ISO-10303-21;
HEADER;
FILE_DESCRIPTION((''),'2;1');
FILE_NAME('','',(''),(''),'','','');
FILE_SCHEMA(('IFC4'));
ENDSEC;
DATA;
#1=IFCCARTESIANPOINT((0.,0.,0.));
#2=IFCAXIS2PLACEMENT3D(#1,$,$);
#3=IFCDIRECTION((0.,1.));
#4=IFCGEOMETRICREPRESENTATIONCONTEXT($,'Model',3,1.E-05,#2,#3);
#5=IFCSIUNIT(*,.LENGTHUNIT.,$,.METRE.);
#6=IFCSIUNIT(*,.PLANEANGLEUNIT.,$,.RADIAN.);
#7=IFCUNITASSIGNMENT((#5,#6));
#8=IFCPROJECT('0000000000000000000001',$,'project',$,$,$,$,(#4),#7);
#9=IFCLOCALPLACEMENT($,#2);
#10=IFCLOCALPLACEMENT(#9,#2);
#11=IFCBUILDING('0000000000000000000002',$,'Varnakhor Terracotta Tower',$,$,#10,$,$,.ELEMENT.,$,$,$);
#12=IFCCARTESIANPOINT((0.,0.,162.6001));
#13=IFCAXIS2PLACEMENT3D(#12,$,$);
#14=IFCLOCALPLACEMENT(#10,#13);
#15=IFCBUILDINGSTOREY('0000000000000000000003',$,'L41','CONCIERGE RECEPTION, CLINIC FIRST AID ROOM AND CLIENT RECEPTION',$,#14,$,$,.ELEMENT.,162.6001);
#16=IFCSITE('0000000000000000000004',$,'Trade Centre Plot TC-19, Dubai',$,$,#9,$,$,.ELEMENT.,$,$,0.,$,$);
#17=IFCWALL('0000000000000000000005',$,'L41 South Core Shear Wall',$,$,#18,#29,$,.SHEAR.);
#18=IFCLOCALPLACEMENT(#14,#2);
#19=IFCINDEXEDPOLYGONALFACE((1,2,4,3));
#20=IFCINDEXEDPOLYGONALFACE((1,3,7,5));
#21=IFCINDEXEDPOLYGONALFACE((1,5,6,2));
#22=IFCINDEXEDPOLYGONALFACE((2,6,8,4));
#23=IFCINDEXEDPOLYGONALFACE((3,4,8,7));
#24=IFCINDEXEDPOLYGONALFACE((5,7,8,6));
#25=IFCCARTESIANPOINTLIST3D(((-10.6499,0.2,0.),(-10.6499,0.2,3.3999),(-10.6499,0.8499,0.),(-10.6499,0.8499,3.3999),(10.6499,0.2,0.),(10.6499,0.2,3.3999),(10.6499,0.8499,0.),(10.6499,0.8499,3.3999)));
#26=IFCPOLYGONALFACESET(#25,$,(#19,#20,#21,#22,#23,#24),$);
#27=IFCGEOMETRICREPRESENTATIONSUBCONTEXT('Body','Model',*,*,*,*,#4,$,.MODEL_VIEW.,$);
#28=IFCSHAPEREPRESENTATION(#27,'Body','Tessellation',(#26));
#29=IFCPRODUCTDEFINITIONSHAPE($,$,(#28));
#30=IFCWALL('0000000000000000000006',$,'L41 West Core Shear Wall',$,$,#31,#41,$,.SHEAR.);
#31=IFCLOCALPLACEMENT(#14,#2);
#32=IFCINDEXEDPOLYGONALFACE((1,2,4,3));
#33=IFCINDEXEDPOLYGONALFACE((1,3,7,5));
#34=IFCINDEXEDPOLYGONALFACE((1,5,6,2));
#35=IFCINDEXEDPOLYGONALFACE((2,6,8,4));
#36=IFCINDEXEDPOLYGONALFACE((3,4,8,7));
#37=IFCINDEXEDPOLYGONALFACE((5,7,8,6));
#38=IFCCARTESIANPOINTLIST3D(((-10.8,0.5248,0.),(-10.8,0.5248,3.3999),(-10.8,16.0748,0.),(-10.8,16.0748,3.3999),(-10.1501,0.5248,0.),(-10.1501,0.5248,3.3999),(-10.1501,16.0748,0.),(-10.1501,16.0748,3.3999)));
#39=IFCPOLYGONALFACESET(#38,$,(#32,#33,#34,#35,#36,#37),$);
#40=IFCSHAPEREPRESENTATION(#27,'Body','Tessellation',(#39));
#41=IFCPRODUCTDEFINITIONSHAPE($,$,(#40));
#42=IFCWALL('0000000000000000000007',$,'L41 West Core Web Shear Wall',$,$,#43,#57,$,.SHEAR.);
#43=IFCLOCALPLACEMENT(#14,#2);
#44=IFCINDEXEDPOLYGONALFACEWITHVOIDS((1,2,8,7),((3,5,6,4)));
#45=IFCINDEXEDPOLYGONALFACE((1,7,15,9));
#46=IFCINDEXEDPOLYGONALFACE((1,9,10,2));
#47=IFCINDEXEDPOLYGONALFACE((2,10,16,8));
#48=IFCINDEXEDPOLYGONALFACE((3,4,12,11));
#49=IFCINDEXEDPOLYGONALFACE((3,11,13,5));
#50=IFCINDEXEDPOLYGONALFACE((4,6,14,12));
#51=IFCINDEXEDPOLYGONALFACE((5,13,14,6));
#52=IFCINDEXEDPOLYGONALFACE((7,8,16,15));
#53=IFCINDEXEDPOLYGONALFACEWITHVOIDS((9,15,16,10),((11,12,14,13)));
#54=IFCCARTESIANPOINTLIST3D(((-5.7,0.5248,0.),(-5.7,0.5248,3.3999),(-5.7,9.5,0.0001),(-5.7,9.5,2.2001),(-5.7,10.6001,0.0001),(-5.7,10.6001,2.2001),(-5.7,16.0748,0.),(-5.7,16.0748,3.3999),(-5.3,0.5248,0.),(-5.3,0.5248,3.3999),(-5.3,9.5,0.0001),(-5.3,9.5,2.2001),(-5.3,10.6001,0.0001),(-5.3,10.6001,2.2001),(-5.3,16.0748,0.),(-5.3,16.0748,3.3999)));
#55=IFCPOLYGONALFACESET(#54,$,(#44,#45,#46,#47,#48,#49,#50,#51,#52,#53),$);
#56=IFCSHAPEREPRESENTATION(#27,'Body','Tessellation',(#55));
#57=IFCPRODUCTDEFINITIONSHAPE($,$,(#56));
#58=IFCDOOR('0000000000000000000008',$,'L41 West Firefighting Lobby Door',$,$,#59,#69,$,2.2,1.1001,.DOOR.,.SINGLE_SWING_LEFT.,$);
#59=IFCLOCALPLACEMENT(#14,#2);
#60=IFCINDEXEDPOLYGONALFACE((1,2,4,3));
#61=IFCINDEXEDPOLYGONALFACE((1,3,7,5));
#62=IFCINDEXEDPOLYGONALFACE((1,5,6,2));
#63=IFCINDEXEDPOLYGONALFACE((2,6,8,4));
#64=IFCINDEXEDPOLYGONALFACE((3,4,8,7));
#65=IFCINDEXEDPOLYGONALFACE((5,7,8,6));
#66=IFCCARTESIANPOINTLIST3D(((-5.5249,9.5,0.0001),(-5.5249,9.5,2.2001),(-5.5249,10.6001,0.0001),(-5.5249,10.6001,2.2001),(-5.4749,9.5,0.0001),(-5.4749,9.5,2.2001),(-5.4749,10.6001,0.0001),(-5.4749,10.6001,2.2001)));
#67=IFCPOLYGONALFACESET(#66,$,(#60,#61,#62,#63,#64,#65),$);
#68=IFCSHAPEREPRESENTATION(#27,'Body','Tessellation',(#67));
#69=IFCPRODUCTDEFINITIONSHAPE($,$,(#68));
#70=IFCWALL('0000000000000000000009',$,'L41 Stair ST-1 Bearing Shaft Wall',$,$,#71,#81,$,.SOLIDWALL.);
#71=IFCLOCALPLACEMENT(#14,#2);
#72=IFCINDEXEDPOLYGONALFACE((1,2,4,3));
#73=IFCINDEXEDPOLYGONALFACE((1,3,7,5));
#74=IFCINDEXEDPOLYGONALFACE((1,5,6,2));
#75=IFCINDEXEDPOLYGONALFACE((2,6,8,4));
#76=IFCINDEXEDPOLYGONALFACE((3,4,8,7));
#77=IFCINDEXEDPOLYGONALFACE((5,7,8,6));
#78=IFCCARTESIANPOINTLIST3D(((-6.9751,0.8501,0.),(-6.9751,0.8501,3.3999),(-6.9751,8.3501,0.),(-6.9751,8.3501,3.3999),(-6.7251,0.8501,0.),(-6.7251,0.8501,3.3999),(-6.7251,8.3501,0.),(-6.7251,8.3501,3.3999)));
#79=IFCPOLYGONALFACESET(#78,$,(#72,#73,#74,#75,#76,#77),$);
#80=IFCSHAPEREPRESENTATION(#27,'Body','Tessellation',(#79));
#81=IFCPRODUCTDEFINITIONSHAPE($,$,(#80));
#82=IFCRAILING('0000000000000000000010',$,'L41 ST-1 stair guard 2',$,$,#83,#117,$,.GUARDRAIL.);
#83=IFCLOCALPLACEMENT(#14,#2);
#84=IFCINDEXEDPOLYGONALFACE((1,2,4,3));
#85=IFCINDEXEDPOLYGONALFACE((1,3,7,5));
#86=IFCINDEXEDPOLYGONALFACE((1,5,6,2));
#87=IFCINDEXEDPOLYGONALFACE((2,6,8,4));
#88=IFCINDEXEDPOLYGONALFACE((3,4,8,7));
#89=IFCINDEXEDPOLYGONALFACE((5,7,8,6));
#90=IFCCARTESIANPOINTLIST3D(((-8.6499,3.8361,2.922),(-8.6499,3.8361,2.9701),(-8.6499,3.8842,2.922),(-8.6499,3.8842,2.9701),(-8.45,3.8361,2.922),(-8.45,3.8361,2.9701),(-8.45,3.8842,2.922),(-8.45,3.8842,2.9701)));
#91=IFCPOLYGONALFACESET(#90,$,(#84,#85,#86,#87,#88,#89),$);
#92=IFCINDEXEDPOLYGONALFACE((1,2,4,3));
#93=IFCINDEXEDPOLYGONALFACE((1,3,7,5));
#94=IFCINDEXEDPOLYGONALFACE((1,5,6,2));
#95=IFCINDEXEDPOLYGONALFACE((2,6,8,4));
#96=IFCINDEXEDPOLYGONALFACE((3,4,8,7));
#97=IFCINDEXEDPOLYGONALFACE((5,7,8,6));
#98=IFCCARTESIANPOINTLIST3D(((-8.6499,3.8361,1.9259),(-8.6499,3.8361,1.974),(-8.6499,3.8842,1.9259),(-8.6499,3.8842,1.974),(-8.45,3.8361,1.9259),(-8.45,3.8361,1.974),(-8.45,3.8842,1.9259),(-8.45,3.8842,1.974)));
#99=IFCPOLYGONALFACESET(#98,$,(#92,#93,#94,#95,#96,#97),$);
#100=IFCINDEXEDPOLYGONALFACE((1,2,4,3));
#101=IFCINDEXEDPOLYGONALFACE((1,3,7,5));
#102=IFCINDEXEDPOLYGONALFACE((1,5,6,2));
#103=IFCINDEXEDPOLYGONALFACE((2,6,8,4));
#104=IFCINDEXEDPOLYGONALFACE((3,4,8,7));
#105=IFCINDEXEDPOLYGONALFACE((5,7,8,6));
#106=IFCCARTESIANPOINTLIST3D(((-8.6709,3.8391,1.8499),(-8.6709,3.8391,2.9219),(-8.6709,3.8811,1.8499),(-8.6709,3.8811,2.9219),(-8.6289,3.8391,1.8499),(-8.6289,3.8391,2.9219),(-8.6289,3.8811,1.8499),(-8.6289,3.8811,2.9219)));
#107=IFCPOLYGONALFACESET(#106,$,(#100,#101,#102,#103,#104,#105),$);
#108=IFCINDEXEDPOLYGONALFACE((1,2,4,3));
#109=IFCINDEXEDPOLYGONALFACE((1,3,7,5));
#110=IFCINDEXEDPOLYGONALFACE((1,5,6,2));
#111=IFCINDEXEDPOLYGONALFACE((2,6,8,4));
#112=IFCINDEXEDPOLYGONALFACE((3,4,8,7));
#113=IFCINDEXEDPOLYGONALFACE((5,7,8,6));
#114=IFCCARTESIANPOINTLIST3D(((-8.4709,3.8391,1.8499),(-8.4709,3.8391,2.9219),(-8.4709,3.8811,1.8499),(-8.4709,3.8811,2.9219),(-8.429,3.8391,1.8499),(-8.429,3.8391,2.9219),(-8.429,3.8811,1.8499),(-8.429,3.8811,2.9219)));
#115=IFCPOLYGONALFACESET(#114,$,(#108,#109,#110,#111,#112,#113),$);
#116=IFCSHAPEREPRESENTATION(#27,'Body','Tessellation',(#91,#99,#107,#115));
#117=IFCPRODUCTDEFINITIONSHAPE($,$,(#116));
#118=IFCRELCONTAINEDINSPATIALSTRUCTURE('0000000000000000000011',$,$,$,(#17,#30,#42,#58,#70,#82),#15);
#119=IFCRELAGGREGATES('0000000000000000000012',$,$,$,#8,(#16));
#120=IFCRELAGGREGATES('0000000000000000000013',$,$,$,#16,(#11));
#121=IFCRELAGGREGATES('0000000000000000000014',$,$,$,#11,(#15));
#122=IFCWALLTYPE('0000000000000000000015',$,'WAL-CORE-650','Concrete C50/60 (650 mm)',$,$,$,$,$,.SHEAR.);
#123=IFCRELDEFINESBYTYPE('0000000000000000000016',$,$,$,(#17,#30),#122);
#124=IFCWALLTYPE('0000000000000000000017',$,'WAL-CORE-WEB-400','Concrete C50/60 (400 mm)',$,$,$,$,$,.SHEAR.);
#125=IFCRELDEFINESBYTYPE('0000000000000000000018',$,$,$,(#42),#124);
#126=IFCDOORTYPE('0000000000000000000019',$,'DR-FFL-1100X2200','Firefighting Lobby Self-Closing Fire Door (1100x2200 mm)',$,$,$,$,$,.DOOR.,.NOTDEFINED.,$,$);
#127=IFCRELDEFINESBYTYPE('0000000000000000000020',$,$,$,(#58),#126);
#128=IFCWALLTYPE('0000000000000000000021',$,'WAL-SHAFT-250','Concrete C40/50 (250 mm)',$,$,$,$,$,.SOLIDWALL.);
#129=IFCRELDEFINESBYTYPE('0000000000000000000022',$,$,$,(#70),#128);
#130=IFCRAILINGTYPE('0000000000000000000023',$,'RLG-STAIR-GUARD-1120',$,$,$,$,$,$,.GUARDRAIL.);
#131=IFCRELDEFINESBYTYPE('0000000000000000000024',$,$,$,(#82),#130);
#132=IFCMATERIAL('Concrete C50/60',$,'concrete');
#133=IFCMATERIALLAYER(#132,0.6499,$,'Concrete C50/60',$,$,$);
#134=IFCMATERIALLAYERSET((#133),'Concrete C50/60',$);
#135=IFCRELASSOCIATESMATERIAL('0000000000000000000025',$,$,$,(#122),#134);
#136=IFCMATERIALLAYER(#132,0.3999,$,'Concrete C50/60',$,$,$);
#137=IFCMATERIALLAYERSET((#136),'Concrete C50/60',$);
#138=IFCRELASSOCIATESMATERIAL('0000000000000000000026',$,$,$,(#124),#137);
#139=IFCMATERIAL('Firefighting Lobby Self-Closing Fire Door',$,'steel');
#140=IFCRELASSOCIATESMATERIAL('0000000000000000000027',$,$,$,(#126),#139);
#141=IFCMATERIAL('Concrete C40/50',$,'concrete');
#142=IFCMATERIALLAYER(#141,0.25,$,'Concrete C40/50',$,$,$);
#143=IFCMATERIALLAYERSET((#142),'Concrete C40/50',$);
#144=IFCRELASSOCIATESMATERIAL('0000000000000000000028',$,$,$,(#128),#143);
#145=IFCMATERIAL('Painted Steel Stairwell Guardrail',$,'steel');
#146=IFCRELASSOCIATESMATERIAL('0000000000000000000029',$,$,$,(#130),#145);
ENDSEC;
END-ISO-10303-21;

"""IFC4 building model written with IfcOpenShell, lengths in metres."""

from ifc_helpers import new_model, si_unit, direction, frame, frame_2d, origin, origin_2d, place, context, subcontext, project, spatial, rectangle, extrude, source, transform, mapped, material, layer, layer_set, type_object, type_shapes, element, fill, save


model = new_model("IFC4")

# Units and contexts
model_context = context("Model", 3, precision=1e-05, world=origin(), true_north=direction((0.0, 1.0)))
body_context = subcontext(model_context, "Body", "Model", "MODEL_VIEW")
ifc_project = project(units=[si_unit("LENGTHUNIT", "METRE"), si_unit("PLANEANGLEUNIT", "RADIAN")], contexts=[model_context])

# Site, building, storey
site_placement = place(None, origin())
site = spatial("IfcSite", under=ifc_project, at=site_placement, Name="Trade Centre Plot TC-19, Dubai", CompositionType="ELEMENT", RefElevation=0.0)
building_placement = place(site_placement, origin())
building = spatial("IfcBuilding", under=site, at=building_placement, Name="Varnakhor Terracotta Tower", CompositionType="ELEMENT")
storey_placement = place(building_placement, frame((0.0, 0.0, 162.6001)))
storey = spatial("IfcBuildingStorey", under=building, at=storey_placement, Name="L41", Description="CONCIERGE RECEPTION, CLINIC FIRST AID ROOM AND CLIENT RECEPTION", CompositionType="ELEMENT", Elevation=162.6001)

# Shared definitions
ifc_material_1 = material(Name="Concrete C50/60", Category="concrete")

# Walls
ifc_layer_1 = layer(ifc_material_1, 0.6499, Name="Concrete C50/60")
ifc_layer_set_1 = layer_set([ifc_layer_1], Name="Concrete C50/60")
wall_type_1 = type_object("IfcWallType", Name="WAL-CORE-650", Description="Concrete C50/60 (650 mm)", PredefinedType="SHEAR", material=ifc_layer_set_1)
wall_1_placement = place(storey_placement, frame((-10.6499, 0.5249, 0.0), z_axis=(0.0, 0.0, 1.0), x_axis=(1.0, 0.0, 0.0)))
element("IfcWall", 1, at=wall_1_placement, inside=storey, type_object=wall_type_1, Name="L41 South Core Shear Wall", PredefinedType="SHEAR", context=body_context, shape_type="SweptSolid", body=[
    extrude(rectangle(XDim=21.2998, YDim=0.6499, at=frame_2d((10.6499, 0.0))), origin(), (0.0, 0.0, 1.0), 3.3999),
])
wall_2_placement = place(storey_placement, frame((-10.4751, 0.5249, 0.0), z_axis=(0.0, 0.0, 1.0), x_axis=(0.0, 1.0, 0.0)))
element("IfcWall", 2, at=wall_2_placement, inside=storey, type_object=wall_type_1, Name="L41 West Core Shear Wall", PredefinedType="SHEAR", context=body_context, shape_type="SweptSolid", body=[
    extrude(rectangle(XDim=15.55, YDim=0.6499, at=frame_2d((7.7749, 0.0))), origin(), (0.0, 0.0, 1.0), 3.3999),
])

# Wall, opening, door
ifc_layer_2 = layer(ifc_material_1, 0.3999, Name="Concrete C50/60")
ifc_layer_set_2 = layer_set([ifc_layer_2], Name="Concrete C50/60")
wall_type_2 = type_object("IfcWallType", Name="WAL-CORE-WEB-400", Description="Concrete C50/60 (400 mm)", PredefinedType="SHEAR", material=ifc_layer_set_2)
wall_3_placement = place(storey_placement, frame((-5.5, 0.5249, 0.0), z_axis=(0.0, 0.0, 1.0), x_axis=(0.0, 1.0, 0.0)))
wall_3 = element("IfcWall", 3, at=wall_3_placement, inside=storey, type_object=wall_type_2, Name="L41 West Core Web Shear Wall", PredefinedType="SHEAR", context=body_context, shape_type="SweptSolid", body=[
    extrude(rectangle(XDim=15.55, YDim=0.3999, at=frame_2d((7.7749, 0.0))), origin(), (0.0, 0.0, 1.0), 3.3999),
])
opening_placement = place(wall_3_placement, frame((8.9751, 0.0, 0.0)))
opening = element("IfcOpeningElement", 4, at=opening_placement, cuts=wall_3, PredefinedType="OPENING", context=body_context, shape_type="SweptSolid", body=[
    extrude(rectangle(XDim=1.1001, YDim=2.2, at=frame_2d((0.55, 1.1001))), frame((0.0, 0.21, 0.0), z_axis=(0.0, -1.0, 0.0), x_axis=(1.0, 0.0, 0.0)), (0.0, 0.0, 1.0), 0.4199),
])
ifc_material_2 = material(Name="Firefighting Lobby Self-Closing Fire Door", Category="steel")
door_type = type_object("IfcDoorType", Name="DR-FFL-1100X2200", Description="Firefighting Lobby Self-Closing Fire Door (1100x2200 mm)", OperationType="NOTDEFINED", PredefinedType="DOOR", material=ifc_material_2)
shared_shape_1 = source(origin(), body_context, "Body", "SweptSolid", [
    extrude(rectangle(XDim=1.1001, YDim=2.2, at=frame_2d((0.55, 1.1001))), frame((0.0, 0.0249, 0.0), z_axis=(0.0, -1.0, 0.0), x_axis=(1.0, 0.0, 0.0)), (0.0, 0.0, 1.0), 0.05),
])
type_shapes(door_type, [shared_shape_1])
door_placement = place(opening_placement, origin())
door = element("IfcDoor", 5, at=door_placement, inside=storey, type_object=door_type, Name="L41 West Firefighting Lobby Door", OperationType="SINGLE_SWING_LEFT", OverallHeight=2.2, OverallWidth=1.1001, PredefinedType="DOOR", context=body_context, shape_type="MappedRepresentation", body=[
    mapped(shared_shape_1, transform((0.0, 0.0, 0.0), scale=1.0)),
])
fill(opening, door)

# Wall
ifc_material_3 = material(Name="Concrete C40/50", Category="concrete")
ifc_layer_3 = layer(ifc_material_3, 0.25, Name="Concrete C40/50")
ifc_layer_set_3 = layer_set([ifc_layer_3], Name="Concrete C40/50")
wall_type_3 = type_object("IfcWallType", Name="WAL-SHAFT-250", Description="Concrete C40/50 (250 mm)", PredefinedType="SOLIDWALL", material=ifc_layer_set_3)
wall_4_placement = place(storey_placement, frame((-6.8501, 0.8501, 0.0), z_axis=(0.0, 0.0, 1.0), x_axis=(0.0, 1.0, 0.0)))
element("IfcWall", 6, at=wall_4_placement, inside=storey, type_object=wall_type_3, Name="L41 Stair ST-1 Bearing Shaft Wall", PredefinedType="SOLIDWALL", context=body_context, shape_type="SweptSolid", body=[
    extrude(rectangle(XDim=7.5, YDim=0.25, at=frame_2d((3.75, 0.0))), origin(), (0.0, 0.0, 1.0), 3.3999),
])

# Railing
ifc_material_4 = material(Name="Painted Steel Stairwell Guardrail", Category="steel")
railing_type = type_object("IfcRailingType", Name="RLG-STAIR-GUARD-1120", PredefinedType="GUARDRAIL", material=ifc_material_4)
railing_placement = place(storey_placement, frame((-8.6499, 3.8601, 1.8499)))
element("IfcRailing", 7, at=railing_placement, inside=storey, type_object=railing_type, Name="L41 ST-1 stair guard 2", PredefinedType="GUARDRAIL", context=body_context, shape_type="SweptSolid", body=[
    extrude(rectangle(XDim=0.0481, YDim=0.0481, at=origin_2d()), frame((0.0, 0.0, 1.0962), z_axis=(1.0, 0.0, 0.0), x_axis=(0.0, 1.0, 0.0)), (0.0, 0.0, 1.0), 0.2),
    extrude(rectangle(XDim=0.0481, YDim=0.0481, at=origin_2d()), frame((0.0, 0.0, 0.1001), z_axis=(1.0, 0.0, 0.0), x_axis=(0.0, 1.0, 0.0)), (0.0, 0.0, 1.0), 0.2),
    extrude(rectangle(XDim=0.042, YDim=0.042, at=origin_2d()), origin(), (0.0, 0.0, 1.0), 1.072),
    extrude(rectangle(XDim=0.042, YDim=0.042, at=origin_2d()), frame((0.2, 0.0, 0.0)), (0.0, 0.0, 1.0), 1.072),
])

save(model, "model.ifc")
